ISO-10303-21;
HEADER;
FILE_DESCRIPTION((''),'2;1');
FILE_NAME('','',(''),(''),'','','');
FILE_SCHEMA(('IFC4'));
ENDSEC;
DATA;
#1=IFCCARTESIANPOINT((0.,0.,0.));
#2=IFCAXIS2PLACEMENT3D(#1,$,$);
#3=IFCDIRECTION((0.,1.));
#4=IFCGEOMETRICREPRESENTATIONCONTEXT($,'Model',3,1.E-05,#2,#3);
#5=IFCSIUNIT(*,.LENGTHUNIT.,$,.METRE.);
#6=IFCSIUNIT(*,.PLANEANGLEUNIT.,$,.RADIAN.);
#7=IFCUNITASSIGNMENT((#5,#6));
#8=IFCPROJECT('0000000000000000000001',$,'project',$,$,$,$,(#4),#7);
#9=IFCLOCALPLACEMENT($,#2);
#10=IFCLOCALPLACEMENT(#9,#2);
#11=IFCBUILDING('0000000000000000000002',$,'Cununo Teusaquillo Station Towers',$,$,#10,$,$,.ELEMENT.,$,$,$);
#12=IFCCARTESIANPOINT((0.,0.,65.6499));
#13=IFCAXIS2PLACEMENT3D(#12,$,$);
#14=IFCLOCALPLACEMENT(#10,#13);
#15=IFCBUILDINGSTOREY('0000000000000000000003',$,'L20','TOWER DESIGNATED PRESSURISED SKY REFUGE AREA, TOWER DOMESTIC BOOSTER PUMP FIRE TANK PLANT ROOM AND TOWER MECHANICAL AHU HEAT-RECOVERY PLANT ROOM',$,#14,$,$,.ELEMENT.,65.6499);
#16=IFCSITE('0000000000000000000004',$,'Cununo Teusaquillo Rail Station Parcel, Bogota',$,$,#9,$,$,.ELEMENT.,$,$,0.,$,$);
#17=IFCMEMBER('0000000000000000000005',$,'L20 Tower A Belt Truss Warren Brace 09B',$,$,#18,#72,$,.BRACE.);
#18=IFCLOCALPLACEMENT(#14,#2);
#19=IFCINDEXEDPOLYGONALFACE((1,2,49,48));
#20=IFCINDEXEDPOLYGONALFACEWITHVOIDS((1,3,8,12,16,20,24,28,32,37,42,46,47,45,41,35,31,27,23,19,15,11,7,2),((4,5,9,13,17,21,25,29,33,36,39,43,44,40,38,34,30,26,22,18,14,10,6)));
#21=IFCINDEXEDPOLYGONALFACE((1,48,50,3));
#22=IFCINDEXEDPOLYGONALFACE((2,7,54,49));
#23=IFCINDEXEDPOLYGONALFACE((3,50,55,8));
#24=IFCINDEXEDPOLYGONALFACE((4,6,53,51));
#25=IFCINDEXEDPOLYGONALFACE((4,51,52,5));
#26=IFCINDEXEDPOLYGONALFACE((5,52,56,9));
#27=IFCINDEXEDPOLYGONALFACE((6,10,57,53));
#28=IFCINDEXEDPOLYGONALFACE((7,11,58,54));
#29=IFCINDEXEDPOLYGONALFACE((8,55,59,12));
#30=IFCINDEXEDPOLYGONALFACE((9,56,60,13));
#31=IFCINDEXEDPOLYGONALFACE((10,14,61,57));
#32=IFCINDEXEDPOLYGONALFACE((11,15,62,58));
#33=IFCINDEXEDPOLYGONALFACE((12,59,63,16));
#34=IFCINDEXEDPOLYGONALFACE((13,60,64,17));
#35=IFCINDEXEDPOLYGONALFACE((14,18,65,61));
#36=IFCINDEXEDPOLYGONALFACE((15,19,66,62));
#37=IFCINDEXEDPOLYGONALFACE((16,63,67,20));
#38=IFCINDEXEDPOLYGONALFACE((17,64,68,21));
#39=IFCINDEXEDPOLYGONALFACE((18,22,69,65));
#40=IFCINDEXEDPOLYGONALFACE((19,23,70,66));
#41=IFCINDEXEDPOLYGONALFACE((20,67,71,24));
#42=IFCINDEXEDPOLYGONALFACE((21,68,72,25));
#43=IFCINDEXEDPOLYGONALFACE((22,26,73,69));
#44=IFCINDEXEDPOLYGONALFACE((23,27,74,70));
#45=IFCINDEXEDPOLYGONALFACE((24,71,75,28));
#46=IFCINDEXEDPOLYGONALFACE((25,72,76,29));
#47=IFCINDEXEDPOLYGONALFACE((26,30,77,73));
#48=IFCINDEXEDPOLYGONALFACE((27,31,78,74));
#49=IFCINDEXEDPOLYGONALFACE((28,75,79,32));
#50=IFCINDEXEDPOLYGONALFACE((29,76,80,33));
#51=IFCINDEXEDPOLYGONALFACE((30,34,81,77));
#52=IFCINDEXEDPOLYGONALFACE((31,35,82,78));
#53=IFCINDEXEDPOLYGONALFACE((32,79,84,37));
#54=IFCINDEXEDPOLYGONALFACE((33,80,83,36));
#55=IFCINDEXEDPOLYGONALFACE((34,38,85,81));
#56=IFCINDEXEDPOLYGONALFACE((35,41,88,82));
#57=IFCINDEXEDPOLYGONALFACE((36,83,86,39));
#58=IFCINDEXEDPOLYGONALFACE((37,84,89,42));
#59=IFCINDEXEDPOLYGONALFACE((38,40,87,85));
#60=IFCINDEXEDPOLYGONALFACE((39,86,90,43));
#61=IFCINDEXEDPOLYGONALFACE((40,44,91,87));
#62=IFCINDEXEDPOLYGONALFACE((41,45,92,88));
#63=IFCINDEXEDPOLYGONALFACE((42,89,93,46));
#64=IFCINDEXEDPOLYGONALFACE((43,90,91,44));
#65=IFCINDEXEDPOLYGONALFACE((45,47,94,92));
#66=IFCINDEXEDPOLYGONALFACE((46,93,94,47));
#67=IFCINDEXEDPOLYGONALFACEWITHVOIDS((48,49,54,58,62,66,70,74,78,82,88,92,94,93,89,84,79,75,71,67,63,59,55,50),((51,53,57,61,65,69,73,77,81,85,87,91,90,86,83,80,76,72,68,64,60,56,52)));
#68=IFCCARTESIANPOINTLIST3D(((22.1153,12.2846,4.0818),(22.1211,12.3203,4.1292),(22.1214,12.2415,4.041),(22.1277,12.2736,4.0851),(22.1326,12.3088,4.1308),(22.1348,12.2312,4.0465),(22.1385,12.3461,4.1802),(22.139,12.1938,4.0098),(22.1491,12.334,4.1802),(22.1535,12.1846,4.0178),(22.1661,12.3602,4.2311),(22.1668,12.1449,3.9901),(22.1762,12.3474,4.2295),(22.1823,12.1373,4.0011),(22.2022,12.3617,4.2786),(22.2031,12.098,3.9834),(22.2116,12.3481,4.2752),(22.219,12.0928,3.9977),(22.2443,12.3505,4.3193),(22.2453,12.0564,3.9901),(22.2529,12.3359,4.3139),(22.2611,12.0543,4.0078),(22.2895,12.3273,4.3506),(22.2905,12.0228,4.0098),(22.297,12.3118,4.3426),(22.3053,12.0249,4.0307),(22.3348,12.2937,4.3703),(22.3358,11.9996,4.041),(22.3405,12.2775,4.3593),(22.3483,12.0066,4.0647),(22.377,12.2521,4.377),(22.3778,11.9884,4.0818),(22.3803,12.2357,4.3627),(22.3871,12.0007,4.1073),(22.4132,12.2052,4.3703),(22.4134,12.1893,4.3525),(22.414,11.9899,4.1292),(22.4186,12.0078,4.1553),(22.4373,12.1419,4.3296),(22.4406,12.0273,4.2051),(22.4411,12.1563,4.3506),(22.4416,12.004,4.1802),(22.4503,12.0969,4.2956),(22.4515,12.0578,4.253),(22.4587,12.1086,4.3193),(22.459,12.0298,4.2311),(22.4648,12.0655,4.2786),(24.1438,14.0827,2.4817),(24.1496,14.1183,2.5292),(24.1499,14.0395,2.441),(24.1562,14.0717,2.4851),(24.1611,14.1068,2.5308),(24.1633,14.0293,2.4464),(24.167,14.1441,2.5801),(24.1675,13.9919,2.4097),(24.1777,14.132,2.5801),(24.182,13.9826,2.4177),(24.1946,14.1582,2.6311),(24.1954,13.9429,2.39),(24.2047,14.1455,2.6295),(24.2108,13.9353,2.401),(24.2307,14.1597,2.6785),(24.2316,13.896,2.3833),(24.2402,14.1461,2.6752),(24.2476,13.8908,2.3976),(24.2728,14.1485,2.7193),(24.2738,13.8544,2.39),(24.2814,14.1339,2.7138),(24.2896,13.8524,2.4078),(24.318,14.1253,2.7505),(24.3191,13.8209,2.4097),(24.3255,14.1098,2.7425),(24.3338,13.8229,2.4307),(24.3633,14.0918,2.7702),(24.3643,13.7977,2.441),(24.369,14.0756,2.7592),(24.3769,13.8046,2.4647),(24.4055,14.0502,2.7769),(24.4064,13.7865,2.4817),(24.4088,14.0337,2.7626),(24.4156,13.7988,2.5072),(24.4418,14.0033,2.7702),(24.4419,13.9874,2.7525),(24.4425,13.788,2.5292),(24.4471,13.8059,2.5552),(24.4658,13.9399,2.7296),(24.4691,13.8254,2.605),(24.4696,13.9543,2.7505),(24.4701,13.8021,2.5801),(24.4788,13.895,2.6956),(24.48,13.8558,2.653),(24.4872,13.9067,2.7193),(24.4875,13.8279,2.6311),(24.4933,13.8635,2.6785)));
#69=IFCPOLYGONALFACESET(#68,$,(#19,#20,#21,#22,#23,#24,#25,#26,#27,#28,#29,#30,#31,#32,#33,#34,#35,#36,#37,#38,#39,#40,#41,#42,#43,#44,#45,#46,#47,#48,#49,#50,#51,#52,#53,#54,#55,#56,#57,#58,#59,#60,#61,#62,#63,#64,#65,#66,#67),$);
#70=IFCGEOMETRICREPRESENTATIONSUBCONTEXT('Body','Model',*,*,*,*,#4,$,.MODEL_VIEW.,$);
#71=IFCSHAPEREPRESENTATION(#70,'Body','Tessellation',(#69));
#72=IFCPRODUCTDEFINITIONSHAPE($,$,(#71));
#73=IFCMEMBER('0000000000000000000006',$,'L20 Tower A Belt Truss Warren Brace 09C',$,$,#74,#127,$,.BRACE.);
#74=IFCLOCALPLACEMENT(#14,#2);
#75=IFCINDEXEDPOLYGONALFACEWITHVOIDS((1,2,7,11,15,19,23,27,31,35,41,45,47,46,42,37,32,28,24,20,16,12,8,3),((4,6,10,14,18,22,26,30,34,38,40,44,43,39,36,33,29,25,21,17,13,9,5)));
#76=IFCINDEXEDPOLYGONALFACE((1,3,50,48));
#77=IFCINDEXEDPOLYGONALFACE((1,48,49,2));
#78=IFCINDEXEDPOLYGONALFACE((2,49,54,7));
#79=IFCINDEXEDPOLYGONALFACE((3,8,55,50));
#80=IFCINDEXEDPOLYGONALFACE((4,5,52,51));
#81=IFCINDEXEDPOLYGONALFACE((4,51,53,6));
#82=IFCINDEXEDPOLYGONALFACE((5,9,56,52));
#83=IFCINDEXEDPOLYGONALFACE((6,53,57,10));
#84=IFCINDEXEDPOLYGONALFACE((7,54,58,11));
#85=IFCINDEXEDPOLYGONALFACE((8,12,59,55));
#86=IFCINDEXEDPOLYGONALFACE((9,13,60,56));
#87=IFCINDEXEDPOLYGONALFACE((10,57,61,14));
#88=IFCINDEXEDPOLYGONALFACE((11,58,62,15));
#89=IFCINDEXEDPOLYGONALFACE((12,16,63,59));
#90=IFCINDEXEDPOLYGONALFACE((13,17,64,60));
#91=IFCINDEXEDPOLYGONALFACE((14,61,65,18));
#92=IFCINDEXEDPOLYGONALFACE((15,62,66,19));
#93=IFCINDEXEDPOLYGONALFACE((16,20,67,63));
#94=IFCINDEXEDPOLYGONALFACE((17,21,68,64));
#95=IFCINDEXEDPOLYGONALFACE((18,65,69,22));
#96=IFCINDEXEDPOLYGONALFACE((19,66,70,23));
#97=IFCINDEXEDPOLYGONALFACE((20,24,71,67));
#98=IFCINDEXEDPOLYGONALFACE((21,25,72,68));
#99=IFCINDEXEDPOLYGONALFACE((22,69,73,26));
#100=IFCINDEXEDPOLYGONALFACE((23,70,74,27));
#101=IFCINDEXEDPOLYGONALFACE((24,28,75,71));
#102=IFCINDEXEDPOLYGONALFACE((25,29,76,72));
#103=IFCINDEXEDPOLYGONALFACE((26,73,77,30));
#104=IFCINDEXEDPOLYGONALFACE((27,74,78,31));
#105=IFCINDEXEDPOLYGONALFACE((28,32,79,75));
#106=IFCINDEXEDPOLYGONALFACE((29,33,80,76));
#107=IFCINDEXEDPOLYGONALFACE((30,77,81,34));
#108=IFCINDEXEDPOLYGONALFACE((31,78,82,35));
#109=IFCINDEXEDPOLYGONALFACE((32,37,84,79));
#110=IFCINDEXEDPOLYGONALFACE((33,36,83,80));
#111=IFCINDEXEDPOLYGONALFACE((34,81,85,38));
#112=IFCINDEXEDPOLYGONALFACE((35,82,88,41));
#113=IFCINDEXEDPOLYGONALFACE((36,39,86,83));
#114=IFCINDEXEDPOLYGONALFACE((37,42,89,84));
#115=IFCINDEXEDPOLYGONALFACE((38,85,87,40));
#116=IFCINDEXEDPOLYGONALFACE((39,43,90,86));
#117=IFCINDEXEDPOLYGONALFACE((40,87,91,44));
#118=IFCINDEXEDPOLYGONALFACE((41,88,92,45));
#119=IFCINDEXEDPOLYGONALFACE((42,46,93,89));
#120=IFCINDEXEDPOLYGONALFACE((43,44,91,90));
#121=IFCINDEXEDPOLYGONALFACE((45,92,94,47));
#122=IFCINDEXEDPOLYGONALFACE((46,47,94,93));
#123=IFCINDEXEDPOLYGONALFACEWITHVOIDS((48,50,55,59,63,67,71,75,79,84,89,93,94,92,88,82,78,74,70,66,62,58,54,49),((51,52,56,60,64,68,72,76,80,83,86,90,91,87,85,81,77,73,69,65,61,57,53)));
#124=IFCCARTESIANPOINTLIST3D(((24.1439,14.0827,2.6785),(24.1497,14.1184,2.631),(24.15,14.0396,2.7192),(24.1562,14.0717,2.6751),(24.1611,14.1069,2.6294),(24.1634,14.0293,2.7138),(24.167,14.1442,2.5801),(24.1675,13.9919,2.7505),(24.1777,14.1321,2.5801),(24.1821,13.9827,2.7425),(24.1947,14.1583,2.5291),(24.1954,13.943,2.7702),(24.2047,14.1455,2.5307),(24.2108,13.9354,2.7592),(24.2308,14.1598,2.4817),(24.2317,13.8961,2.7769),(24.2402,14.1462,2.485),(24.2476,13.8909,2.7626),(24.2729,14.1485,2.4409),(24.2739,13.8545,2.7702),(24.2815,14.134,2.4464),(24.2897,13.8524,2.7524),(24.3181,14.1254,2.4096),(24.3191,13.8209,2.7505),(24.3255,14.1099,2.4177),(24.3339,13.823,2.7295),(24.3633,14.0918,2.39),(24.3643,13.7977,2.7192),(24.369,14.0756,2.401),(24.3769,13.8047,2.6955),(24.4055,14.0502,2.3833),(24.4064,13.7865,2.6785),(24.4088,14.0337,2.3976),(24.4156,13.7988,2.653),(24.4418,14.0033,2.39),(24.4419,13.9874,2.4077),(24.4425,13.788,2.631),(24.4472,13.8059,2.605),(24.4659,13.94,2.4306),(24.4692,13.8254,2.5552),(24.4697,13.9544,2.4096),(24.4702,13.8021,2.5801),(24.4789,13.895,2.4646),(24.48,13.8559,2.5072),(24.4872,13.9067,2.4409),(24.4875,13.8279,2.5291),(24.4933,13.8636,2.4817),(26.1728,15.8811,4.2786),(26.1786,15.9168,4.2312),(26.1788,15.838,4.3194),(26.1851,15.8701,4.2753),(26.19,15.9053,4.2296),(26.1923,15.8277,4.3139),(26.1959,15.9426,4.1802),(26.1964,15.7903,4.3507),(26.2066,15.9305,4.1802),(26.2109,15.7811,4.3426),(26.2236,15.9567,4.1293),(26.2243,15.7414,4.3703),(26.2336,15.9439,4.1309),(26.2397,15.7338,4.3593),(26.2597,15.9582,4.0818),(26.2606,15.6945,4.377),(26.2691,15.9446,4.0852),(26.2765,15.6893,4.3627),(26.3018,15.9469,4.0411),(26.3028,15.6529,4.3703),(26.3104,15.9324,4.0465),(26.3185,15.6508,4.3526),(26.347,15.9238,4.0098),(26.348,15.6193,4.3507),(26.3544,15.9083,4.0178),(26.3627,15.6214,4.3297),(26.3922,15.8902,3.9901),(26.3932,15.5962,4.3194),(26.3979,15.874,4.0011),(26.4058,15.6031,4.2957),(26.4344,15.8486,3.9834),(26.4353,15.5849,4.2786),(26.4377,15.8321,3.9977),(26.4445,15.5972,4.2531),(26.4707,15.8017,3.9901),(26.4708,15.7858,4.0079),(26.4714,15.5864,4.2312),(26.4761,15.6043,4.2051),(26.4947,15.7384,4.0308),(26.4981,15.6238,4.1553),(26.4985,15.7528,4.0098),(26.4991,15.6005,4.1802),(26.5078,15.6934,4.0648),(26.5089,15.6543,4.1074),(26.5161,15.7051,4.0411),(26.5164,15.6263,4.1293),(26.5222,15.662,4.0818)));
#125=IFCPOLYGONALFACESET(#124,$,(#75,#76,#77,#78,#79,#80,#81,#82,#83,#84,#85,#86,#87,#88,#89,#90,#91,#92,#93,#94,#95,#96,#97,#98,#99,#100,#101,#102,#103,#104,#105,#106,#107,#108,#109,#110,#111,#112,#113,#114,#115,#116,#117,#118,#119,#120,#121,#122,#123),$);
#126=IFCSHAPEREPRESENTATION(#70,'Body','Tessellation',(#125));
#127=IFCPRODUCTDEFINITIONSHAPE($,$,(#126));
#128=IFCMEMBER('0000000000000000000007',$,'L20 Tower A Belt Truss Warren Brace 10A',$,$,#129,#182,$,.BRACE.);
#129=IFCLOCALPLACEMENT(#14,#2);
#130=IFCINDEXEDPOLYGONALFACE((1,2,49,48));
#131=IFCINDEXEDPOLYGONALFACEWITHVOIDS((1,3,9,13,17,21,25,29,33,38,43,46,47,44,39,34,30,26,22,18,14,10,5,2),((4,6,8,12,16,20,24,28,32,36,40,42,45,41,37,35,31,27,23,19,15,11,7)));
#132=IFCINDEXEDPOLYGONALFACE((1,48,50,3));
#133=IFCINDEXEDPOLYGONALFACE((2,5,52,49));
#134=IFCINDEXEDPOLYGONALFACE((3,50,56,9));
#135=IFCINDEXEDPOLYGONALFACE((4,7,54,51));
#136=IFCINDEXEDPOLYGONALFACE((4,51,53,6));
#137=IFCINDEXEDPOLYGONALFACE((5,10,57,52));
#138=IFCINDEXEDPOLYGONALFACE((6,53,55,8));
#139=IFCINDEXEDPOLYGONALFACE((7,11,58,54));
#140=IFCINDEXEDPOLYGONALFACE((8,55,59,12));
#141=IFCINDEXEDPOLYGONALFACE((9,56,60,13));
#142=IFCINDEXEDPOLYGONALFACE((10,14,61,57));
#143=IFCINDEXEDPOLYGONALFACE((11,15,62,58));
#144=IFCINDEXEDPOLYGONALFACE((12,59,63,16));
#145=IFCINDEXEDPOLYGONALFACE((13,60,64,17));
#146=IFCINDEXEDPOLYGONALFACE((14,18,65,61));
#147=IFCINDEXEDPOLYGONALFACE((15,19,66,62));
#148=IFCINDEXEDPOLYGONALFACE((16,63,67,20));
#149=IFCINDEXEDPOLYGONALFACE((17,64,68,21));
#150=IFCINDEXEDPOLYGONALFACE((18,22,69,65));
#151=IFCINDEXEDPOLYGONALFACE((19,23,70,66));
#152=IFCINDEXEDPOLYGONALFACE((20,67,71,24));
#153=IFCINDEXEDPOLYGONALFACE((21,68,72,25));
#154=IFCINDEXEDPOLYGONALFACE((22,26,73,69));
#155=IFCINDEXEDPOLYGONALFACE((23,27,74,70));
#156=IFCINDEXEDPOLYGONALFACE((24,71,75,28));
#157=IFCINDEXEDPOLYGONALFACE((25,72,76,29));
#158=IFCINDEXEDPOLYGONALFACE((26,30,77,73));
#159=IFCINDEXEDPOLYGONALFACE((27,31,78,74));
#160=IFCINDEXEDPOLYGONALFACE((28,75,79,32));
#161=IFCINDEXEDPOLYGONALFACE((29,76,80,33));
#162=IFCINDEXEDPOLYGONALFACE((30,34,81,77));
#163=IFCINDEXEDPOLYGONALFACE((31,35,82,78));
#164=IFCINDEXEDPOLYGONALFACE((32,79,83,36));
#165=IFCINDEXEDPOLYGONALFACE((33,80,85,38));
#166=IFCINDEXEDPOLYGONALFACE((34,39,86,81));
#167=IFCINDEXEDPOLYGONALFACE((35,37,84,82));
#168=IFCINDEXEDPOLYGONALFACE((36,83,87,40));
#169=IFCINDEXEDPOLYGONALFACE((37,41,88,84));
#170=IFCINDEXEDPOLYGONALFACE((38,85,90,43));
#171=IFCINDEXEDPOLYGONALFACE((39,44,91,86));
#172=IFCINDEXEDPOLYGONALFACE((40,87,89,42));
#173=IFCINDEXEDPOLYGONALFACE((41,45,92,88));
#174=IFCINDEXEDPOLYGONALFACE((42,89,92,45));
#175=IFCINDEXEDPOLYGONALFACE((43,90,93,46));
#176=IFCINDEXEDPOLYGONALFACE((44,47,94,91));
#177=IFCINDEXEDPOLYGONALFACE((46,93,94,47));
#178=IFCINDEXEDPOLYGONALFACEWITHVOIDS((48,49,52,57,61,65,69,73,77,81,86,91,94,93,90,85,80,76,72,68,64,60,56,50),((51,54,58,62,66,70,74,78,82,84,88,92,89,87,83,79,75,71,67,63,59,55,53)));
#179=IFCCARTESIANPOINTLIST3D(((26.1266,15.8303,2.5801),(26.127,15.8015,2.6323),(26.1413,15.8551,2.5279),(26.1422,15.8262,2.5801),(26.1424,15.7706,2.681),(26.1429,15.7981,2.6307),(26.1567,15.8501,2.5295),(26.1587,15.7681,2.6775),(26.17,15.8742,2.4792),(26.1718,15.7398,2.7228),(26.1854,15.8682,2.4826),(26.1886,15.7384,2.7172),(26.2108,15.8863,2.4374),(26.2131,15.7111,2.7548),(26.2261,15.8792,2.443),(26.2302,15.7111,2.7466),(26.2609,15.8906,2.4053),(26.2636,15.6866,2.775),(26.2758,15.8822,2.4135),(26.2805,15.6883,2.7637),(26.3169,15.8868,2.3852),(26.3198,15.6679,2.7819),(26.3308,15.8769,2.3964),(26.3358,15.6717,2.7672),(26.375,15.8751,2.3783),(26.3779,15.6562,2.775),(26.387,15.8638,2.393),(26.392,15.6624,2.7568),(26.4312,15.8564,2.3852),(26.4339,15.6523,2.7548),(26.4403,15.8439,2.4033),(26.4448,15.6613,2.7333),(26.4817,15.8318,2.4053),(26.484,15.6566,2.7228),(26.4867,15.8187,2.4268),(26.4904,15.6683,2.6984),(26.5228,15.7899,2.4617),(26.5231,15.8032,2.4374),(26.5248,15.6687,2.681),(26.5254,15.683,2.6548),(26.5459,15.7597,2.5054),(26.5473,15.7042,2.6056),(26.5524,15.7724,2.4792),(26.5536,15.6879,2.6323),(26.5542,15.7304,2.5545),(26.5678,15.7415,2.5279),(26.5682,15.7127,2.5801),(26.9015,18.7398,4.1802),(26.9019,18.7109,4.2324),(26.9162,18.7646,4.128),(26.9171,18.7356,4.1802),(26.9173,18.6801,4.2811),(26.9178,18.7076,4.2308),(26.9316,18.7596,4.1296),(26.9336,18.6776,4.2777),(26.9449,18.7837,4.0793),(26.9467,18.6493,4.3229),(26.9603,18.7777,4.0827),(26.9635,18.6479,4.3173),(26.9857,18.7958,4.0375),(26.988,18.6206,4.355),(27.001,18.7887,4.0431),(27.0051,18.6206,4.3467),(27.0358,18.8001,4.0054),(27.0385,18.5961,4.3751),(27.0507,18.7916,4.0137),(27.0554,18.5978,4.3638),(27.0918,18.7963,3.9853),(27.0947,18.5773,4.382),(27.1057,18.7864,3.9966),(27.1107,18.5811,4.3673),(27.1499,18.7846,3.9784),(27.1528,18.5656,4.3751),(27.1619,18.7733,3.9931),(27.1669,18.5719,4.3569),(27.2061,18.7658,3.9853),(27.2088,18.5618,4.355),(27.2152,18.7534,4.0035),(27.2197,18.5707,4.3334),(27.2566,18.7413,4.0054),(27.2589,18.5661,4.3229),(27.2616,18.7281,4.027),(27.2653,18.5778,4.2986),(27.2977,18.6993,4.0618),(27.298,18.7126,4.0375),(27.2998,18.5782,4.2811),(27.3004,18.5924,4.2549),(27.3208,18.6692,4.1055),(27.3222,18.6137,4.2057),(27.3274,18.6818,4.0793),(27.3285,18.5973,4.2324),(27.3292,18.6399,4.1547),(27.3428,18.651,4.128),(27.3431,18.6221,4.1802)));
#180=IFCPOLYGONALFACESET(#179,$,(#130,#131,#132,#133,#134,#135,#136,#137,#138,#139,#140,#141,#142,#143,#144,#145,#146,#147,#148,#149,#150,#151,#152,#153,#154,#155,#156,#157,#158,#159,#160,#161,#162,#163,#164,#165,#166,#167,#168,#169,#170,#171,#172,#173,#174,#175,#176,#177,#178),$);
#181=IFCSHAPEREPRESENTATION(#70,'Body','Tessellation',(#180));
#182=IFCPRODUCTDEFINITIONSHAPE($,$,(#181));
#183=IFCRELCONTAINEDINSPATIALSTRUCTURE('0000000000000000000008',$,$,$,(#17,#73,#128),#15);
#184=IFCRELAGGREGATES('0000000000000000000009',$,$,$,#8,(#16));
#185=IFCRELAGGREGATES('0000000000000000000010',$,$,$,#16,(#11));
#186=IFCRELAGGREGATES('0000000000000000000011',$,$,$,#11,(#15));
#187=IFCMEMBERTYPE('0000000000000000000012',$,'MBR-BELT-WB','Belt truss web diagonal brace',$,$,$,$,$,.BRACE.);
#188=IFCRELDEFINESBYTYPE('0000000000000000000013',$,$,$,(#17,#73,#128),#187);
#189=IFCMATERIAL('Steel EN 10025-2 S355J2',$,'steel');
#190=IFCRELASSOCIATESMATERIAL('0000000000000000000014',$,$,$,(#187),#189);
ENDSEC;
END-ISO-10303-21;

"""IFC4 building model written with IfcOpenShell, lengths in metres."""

from ifc_helpers import new_model, si_unit, direction, frame, origin, origin_2d, place, context, subcontext, project, spatial, hollow_circle, extrude, material, material_profile, profile_set, type_object, element, save


model = new_model("IFC4")

# Units and contexts
model_context = context("Model", 3, precision=1e-05, world=origin(), true_north=direction((0.0, 1.0)))
body_context = subcontext(model_context, "Body", "Model", "MODEL_VIEW")
ifc_project = project(units=[si_unit("LENGTHUNIT", "METRE"), si_unit("PLANEANGLEUNIT", "RADIAN")], contexts=[model_context])

# Site, building, storey
site_placement = place(None, origin())
site = spatial("IfcSite", under=ifc_project, at=site_placement, Name="Cununo Teusaquillo Rail Station Parcel, Bogota", CompositionType="ELEMENT", RefElevation=0.0)
building_placement = place(site_placement, origin())
building = spatial("IfcBuilding", under=site, at=building_placement, Name="Cununo Teusaquillo Station Towers", CompositionType="ELEMENT")
storey_placement = place(building_placement, frame((0.0, 0.0, 65.6499)))
storey = spatial("IfcBuildingStorey", under=building, at=storey_placement, Name="L20", Description="TOWER DESIGNATED PRESSURISED SKY REFUGE AREA, TOWER DOMESTIC BOOSTER PUMP FIRE TANK PLANT ROOM AND TOWER MECHANICAL AHU HEAT-RECOVERY PLANT ROOM", CompositionType="ELEMENT", Elevation=65.6499)

# Members
ifc_material_1 = material(Name="Steel EN 10025-2 S355J2", Category="steel")
ifc_material_profile_1 = material_profile(ifc_material_1, hollow_circle(Radius=0.2285, WallThickness=0.0161, at=origin_2d()), Name="CHS 457x16")
ifc_profile_set_1 = profile_set([ifc_material_profile_1], Name="Steel EN 10025-2 S355J2")
member_type_1 = type_object("IfcMemberType", Name="MBR-BELT-WB", Description="Belt truss web diagonal brace", PredefinedType="BRACE", material=ifc_profile_set_1)
member_1_placement = place(storey_placement, frame((22.29, 12.175, 4.1802), z_axis=(0.644442, 0.571226, -0.508325), x_axis=(-0.663318, 0.748338, 0.0)))
element("IfcMember", 1, at=member_1_placement, inside=storey, type_object=member_type_1, Name="L20 Tower A Belt Truss Warren Brace 09B", PredefinedType="BRACE", context=body_context, shape_type="SweptSolid", body=[
    extrude(hollow_circle(Radius=0.2285, WallThickness=0.0161, at=origin_2d()), origin(), (0.0, 0.0, 1.0), 3.1477),
])
member_2_placement = place(storey_placement, frame((24.3186, 13.9731, 2.5801), z_axis=(0.644459, 0.57125, 0.508277), x_axis=(-0.663324, 0.748333, 0.0)))
element("IfcMember", 2, at=member_2_placement, inside=storey, type_object=member_type_1, Name="L20 Tower A Belt Truss Warren Brace 09C", PredefinedType="BRACE", context=body_context, shape_type="SweptSolid", body=[
    extrude(hollow_circle(Radius=0.2285, WallThickness=0.0161, at=origin_2d()), origin(), (0.0, 0.0, 1.0), 3.1482),
])
member_3_placement = place(storey_placement, frame((26.3474, 15.7715, 2.5801), z_axis=(0.227269, 0.853298, 0.469289), x_axis=(-0.966313, 0.25737, 0.0)))
element("IfcMember", 3, at=member_3_placement, inside=storey, type_object=member_type_1, Name="L20 Tower A Belt Truss Warren Brace 10A", PredefinedType="BRACE", context=body_context, shape_type="SweptSolid", body=[
    extrude(hollow_circle(Radius=0.2285, WallThickness=0.0161, at=origin_2d()), origin(), (0.0, 0.0, 1.0), 3.4097),
])

save(model, "model.ifc")
